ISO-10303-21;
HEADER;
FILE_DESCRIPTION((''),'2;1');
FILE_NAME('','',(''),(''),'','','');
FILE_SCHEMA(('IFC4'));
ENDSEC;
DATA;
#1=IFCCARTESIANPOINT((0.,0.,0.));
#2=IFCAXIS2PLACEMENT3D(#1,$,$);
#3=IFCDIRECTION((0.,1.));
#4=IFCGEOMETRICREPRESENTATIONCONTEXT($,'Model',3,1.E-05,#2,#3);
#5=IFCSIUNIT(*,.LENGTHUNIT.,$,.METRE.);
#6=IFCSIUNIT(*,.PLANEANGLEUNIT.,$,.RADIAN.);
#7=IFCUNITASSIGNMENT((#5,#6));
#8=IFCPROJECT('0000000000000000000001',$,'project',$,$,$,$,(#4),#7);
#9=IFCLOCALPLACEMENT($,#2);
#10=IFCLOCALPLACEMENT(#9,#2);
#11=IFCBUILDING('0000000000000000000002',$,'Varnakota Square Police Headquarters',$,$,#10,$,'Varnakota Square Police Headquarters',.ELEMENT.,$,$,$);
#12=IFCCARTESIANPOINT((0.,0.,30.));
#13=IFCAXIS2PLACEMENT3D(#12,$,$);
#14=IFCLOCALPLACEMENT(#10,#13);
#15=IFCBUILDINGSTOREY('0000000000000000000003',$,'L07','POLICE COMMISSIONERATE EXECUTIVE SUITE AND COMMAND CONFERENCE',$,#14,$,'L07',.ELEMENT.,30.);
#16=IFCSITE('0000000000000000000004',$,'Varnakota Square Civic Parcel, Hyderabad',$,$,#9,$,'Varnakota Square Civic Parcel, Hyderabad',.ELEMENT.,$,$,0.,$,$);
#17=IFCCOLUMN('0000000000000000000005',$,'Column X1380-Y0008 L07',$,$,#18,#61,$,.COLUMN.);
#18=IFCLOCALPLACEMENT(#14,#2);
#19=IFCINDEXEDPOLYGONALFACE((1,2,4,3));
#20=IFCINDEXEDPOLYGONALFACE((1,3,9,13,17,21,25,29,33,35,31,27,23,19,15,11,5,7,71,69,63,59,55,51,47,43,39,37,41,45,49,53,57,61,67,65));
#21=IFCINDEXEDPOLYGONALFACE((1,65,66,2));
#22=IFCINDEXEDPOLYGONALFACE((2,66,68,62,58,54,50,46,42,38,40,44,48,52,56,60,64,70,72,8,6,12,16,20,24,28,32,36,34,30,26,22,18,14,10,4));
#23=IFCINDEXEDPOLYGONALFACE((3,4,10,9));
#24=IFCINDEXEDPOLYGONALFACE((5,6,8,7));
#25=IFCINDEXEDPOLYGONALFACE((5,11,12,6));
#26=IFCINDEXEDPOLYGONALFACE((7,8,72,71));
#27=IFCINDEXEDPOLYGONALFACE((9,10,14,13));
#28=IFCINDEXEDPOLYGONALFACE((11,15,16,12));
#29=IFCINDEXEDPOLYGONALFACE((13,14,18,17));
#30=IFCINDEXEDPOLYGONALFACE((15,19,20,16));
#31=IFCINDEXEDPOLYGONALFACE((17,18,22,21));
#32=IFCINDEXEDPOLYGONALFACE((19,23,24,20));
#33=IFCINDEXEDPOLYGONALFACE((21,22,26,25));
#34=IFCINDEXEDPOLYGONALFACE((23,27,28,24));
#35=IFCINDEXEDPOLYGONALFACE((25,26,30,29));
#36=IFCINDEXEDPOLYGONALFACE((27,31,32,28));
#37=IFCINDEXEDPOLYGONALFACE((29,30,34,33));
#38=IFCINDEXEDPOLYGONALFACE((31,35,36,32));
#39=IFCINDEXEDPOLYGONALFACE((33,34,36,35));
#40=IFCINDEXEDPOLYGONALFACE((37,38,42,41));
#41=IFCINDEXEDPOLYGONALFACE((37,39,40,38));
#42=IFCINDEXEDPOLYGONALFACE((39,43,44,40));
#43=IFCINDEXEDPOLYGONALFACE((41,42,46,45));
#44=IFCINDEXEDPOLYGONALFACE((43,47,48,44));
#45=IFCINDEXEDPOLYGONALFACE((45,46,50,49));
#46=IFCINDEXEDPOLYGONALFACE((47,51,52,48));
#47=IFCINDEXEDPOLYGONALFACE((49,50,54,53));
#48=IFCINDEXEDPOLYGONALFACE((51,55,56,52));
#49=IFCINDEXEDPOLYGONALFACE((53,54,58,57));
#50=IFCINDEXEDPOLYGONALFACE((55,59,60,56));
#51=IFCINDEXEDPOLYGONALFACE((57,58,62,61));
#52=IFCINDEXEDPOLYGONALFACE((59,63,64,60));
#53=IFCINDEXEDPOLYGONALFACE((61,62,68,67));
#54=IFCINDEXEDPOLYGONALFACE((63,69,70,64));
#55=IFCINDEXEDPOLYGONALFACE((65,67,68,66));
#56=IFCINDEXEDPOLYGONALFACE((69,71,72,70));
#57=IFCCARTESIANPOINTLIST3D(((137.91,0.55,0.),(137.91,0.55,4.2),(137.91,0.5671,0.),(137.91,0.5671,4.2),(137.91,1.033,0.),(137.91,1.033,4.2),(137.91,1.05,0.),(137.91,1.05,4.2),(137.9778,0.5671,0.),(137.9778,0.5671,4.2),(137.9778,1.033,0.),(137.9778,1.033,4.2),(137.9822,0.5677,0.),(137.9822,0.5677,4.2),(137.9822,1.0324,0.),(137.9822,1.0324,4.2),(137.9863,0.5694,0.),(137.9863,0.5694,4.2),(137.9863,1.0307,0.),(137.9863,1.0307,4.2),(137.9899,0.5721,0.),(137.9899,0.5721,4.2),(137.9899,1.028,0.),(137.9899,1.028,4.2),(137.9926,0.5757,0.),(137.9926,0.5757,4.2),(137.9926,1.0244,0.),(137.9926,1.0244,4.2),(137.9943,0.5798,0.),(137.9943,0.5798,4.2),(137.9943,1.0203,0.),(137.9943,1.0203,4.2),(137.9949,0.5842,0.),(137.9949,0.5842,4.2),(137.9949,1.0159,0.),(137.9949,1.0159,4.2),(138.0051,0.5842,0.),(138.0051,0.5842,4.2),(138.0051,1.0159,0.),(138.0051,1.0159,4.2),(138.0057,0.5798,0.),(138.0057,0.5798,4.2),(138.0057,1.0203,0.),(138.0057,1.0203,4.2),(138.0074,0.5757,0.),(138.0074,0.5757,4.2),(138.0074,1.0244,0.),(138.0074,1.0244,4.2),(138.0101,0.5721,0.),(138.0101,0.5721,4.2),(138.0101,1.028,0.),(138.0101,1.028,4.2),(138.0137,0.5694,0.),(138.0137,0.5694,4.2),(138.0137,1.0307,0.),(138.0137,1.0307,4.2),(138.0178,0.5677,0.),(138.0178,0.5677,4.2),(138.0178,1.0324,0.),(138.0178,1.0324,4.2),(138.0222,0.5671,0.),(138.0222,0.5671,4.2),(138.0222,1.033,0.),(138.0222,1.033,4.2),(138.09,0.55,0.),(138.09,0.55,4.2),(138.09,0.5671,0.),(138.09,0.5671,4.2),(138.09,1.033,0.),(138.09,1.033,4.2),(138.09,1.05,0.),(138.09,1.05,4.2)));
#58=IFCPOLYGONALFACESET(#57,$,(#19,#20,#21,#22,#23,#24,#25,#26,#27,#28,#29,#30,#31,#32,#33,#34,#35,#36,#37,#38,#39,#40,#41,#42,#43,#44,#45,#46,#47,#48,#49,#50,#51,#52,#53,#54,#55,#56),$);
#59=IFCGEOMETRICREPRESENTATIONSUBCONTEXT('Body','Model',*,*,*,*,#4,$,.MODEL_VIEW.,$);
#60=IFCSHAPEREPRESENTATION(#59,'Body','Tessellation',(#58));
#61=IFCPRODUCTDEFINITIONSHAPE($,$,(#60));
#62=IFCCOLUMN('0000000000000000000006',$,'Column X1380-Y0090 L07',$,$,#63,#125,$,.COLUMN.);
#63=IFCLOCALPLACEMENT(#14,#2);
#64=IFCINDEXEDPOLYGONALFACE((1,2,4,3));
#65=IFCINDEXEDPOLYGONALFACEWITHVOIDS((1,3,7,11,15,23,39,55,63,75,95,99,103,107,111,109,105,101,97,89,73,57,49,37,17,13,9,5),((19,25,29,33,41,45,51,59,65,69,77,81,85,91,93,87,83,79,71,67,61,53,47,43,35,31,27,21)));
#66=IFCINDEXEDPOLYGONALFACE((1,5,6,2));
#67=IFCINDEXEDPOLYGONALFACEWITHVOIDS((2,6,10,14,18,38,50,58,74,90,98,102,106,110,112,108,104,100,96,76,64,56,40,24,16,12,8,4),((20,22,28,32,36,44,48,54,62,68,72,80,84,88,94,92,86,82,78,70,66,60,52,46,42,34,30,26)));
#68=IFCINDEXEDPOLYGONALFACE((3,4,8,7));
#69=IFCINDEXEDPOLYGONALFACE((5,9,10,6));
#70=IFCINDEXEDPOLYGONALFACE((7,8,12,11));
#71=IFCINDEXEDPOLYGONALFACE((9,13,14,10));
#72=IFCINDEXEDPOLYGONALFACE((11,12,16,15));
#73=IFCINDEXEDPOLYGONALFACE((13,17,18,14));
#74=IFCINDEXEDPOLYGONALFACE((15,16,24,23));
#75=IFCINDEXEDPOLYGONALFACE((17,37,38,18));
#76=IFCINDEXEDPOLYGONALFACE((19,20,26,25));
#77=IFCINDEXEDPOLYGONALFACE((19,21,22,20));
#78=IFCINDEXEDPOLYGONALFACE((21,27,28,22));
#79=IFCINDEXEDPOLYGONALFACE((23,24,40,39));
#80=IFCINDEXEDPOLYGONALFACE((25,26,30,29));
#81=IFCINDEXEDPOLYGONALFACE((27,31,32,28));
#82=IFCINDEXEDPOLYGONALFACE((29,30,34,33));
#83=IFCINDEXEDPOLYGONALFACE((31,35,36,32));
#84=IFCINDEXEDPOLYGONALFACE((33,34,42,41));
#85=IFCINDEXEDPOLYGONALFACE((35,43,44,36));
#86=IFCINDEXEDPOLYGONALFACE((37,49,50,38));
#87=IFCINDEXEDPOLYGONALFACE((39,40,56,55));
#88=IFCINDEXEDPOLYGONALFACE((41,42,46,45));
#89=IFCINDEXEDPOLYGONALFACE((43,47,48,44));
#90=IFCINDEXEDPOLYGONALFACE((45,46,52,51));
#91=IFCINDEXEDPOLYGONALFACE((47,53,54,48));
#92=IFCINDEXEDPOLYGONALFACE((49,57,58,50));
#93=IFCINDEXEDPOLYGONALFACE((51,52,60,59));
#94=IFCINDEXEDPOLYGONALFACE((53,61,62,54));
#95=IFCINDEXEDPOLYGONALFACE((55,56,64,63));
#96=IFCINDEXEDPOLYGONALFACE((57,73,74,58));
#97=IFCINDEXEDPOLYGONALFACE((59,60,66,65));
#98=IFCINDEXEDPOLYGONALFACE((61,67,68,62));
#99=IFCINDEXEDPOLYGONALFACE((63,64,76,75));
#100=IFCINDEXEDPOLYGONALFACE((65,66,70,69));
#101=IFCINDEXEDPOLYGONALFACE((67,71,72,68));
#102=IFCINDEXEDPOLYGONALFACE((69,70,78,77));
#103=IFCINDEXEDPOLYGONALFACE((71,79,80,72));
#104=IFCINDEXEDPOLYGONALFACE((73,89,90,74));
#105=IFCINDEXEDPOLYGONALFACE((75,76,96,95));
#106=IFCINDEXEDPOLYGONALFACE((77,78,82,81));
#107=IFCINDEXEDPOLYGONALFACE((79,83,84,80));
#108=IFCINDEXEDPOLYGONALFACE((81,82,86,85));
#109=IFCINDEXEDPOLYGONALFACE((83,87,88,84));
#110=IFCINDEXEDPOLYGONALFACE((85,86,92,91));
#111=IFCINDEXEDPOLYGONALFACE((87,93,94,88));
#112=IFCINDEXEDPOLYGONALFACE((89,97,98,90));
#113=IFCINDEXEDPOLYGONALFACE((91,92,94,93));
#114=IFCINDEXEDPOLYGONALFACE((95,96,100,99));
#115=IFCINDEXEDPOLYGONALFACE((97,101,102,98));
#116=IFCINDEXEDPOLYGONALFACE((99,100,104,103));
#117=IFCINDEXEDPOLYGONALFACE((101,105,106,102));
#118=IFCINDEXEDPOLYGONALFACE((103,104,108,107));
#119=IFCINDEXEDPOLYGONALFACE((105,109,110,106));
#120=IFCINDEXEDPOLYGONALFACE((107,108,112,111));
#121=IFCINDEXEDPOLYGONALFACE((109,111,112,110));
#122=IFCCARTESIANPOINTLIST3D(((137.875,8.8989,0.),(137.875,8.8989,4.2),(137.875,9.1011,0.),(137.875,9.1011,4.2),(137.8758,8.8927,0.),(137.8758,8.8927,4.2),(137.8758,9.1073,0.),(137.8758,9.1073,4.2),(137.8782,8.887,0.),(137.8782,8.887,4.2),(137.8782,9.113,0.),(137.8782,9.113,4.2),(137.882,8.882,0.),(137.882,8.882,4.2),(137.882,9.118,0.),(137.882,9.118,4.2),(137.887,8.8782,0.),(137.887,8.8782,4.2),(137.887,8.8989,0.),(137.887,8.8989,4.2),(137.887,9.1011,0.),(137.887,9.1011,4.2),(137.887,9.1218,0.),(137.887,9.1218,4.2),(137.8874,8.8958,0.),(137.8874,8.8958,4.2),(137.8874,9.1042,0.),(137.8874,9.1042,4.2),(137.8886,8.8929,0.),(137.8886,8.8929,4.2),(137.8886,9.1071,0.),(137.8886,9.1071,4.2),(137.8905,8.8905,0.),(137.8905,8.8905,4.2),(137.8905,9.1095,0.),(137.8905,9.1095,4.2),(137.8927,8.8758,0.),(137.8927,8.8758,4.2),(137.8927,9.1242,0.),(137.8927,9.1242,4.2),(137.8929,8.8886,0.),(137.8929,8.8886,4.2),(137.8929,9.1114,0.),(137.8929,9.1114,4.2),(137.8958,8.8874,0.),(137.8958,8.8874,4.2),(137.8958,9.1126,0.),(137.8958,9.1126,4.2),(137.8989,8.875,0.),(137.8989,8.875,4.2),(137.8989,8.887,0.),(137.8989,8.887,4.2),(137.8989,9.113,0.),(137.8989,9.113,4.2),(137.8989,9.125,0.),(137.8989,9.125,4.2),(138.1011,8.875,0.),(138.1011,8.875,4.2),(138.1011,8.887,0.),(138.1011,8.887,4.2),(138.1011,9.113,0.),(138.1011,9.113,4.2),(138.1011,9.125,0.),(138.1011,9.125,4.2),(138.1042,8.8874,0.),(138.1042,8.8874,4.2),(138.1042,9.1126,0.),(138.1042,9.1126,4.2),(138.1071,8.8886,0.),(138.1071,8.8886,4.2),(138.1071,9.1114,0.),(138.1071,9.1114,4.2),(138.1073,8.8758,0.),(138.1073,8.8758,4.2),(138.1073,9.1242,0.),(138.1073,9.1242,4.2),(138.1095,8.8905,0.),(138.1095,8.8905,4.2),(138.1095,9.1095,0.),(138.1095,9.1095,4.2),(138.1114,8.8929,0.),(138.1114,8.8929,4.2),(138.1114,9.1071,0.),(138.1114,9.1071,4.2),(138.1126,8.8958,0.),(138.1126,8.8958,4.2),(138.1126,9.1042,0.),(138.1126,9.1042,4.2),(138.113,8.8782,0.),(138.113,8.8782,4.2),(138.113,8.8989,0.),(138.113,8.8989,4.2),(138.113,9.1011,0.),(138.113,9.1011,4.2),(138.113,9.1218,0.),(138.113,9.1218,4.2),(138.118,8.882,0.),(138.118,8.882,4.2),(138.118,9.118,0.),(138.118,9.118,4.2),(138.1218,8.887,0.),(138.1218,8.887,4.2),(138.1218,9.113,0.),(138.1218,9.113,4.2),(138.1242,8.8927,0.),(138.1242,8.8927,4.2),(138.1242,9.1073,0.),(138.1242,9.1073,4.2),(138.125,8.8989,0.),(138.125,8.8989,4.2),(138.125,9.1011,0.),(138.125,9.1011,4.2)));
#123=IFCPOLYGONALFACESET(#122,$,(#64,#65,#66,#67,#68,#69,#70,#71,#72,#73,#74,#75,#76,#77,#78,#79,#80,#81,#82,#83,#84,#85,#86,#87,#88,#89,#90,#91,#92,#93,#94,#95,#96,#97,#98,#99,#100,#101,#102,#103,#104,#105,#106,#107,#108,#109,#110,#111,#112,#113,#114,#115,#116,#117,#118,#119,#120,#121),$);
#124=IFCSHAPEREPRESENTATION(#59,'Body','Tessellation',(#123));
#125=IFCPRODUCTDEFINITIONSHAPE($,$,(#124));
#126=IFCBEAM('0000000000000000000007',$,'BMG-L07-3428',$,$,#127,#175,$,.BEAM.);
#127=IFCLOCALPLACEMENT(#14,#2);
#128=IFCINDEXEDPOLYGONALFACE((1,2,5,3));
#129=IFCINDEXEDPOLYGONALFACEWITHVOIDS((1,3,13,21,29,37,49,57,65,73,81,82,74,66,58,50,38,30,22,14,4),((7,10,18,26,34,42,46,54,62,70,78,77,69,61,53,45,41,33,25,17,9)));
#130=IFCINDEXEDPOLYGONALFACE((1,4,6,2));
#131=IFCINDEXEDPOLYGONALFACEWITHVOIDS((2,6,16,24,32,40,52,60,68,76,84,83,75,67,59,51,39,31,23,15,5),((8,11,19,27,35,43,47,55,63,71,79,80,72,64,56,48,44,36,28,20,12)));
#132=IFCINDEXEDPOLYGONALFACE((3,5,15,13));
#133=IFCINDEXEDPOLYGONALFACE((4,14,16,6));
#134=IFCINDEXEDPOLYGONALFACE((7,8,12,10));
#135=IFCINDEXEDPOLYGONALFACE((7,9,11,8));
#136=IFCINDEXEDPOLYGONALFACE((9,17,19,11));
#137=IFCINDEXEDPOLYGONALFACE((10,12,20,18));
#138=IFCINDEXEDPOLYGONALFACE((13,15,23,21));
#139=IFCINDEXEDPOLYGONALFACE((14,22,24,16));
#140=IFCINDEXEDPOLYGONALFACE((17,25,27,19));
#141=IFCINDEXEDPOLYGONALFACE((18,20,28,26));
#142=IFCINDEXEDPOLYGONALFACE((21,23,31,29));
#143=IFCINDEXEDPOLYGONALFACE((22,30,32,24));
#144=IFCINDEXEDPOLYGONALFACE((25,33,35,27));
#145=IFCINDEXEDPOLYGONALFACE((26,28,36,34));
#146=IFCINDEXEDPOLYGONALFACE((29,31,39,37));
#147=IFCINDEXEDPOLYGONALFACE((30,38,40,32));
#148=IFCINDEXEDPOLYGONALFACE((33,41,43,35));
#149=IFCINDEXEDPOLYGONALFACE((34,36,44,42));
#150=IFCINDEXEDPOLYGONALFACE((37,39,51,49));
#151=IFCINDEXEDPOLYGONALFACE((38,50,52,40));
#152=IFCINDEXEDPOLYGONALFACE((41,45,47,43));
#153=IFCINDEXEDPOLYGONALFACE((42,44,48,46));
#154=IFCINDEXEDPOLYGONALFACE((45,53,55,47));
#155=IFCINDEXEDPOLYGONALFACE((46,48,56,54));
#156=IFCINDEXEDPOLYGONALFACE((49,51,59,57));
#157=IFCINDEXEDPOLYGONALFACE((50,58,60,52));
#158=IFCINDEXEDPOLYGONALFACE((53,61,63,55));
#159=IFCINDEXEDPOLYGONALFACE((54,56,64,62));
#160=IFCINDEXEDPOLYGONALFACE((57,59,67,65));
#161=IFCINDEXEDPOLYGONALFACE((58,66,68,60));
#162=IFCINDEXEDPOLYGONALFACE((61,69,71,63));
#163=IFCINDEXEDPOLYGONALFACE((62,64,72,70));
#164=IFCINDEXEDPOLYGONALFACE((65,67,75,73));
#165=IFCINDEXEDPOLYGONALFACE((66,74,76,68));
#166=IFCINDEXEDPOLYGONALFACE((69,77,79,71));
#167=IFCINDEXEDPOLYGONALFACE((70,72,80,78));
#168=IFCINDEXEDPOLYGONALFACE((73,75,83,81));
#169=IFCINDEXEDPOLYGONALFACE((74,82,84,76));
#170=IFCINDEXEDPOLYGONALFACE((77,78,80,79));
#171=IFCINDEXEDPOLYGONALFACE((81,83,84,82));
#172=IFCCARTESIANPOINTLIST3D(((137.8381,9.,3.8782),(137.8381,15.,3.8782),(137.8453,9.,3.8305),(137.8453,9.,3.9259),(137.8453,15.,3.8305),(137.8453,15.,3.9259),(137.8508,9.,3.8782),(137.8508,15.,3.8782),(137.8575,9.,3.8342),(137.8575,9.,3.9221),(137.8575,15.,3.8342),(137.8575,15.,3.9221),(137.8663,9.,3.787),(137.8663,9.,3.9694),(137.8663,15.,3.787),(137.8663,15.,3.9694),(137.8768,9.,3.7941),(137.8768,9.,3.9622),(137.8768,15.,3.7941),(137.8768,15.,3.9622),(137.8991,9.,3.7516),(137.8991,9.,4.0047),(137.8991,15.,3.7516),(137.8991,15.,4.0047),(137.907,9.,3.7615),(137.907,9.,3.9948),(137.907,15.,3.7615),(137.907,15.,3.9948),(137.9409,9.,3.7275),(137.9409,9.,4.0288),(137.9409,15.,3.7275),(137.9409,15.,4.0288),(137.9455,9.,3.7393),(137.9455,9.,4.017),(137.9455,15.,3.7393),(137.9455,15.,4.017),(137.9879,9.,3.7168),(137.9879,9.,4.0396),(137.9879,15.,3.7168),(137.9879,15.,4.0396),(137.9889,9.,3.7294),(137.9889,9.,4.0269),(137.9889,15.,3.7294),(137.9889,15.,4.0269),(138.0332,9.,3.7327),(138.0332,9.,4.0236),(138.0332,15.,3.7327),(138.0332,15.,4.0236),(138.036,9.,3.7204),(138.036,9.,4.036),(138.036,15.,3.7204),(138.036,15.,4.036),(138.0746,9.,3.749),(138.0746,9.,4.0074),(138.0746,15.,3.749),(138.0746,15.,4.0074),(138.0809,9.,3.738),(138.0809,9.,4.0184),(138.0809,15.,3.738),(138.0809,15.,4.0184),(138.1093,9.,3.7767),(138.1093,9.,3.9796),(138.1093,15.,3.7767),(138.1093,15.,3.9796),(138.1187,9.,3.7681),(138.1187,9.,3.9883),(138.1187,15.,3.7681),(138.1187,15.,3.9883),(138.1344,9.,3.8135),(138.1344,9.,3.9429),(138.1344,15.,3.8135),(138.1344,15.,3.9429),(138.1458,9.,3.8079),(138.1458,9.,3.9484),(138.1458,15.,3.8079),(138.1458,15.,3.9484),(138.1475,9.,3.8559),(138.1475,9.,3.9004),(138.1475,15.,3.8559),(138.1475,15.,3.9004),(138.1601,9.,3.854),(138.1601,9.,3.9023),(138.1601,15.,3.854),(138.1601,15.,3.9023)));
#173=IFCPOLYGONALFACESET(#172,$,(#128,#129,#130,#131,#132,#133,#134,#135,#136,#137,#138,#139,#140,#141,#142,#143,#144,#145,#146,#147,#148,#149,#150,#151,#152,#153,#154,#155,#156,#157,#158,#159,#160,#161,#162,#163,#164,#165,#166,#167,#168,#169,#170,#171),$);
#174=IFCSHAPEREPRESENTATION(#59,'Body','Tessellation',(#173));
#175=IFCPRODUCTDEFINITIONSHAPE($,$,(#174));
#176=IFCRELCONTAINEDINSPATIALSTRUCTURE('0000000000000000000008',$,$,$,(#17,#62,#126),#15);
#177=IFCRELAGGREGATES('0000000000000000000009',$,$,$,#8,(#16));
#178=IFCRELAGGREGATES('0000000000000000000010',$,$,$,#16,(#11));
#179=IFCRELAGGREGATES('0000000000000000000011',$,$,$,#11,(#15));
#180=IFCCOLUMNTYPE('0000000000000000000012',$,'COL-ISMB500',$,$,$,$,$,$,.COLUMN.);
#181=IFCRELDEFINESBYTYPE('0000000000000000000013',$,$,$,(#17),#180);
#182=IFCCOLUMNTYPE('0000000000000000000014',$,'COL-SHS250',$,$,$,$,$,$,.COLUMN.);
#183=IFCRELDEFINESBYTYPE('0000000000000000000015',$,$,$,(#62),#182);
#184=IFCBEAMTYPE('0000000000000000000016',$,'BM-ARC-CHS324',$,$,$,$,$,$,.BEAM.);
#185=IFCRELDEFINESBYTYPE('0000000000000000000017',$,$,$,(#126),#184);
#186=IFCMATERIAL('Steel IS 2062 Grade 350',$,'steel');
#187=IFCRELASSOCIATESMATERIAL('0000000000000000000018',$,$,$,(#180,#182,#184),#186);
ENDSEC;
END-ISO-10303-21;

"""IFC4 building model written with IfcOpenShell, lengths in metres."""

from ifc_helpers import new_model, si_unit, direction, frame, origin, origin_2d, place, context, subcontext, project, spatial, hollow_rectangle, hollow_circle, i_section, extrude, material, material_profile, profile_set, type_object, element, save


model = new_model("IFC4")

# Units and contexts
model_context = context("Model", 3, precision=1e-05, world=origin(), true_north=direction((0.0, 1.0)))
body_context = subcontext(model_context, "Body", "Model", "MODEL_VIEW")
ifc_project = project(units=[si_unit("LENGTHUNIT", "METRE"), si_unit("PLANEANGLEUNIT", "RADIAN")], contexts=[model_context])

# Site, building, storey
site_placement = place(None, origin())
site = spatial("IfcSite", under=ifc_project, at=site_placement, Name="Varnakota Square Civic Parcel, Hyderabad", LongName="Varnakota Square Civic Parcel, Hyderabad", CompositionType="ELEMENT", RefElevation=0.0)
building_placement = place(site_placement, origin())
building = spatial("IfcBuilding", under=site, at=building_placement, Name="Varnakota Square Police Headquarters", LongName="Varnakota Square Police Headquarters", CompositionType="ELEMENT")
storey_placement = place(building_placement, frame((0.0, 0.0, 30.0)))
storey = spatial("IfcBuildingStorey", under=building, at=storey_placement, Name="L07", Description="POLICE COMMISSIONERATE EXECUTIVE SUITE AND COMMAND CONFERENCE", LongName="L07", CompositionType="ELEMENT", Elevation=30.0)

# Columns
ifc_material_1 = material(Name="Steel IS 2062 Grade 350", Category="steel")
ifc_material_profile_1 = material_profile(ifc_material_1, i_section(OverallWidth=0.1799, OverallDepth=0.5, WebThickness=0.0103, FlangeThickness=0.0171, FilletRadius=0.0171, at=origin_2d()), Name="ISMB 500")
ifc_profile_set_1 = profile_set([ifc_material_profile_1], Name="Steel IS 2062 Grade 350")
column_type_1 = type_object("IfcColumnType", Name="COL-ISMB500", PredefinedType="COLUMN", material=ifc_profile_set_1)
column_1_placement = place(storey_placement, frame((138.0, 0.8, 0.0), z_axis=(0.0, 0.0, 1.0), x_axis=(1.0, 0.0, 0.0)))
element("IfcColumn", 1, at=column_1_placement, inside=storey, type_object=column_type_1, Name="Column X1380-Y0008 L07", PredefinedType="COLUMN", context=body_context, shape_type="SweptSolid", body=[
    extrude(i_section(OverallWidth=0.1799, OverallDepth=0.5, WebThickness=0.0103, FlangeThickness=0.0171, FilletRadius=0.0171, at=origin_2d()), origin(), (0.0, 0.0, 1.0), 4.2),
])
ifc_material_profile_2 = material_profile(ifc_material_1, hollow_rectangle(XDim=0.25, YDim=0.25, WallThickness=0.012, InnerFilletRadius=0.012, OuterFilletRadius=0.0239, at=origin_2d()), Name="SHS 250x250x12")
ifc_profile_set_2 = profile_set([ifc_material_profile_2], Name="Steel IS 2062 Grade 350")
column_type_2 = type_object("IfcColumnType", Name="COL-SHS250", PredefinedType="COLUMN", material=ifc_profile_set_2)
column_2_placement = place(storey_placement, frame((138.0, 9.0, 0.0), z_axis=(0.0, 0.0, 1.0), x_axis=(1.0, 0.0, 0.0)))
element("IfcColumn", 2, at=column_2_placement, inside=storey, type_object=column_type_2, Name="Column X1380-Y0090 L07", PredefinedType="COLUMN", context=body_context, shape_type="SweptSolid", body=[
    extrude(hollow_rectangle(XDim=0.25, YDim=0.25, WallThickness=0.012, InnerFilletRadius=0.012, OuterFilletRadius=0.0239, at=origin_2d()), origin(), (0.0, 0.0, 1.0), 4.2),
])

# Beam
ifc_material_profile_3 = material_profile(ifc_material_1, hollow_circle(Radius=0.1619, WallThickness=0.0127, at=origin_2d()), Name="CHS 323.9x12.7")
ifc_profile_set_3 = profile_set([ifc_material_profile_3], Name="Steel IS 2062 Grade 350")
beam_type_1 = type_object("IfcBeamType", Name="BM-ARC-CHS324", PredefinedType="BEAM", material=ifc_profile_set_3)
beam_1_placement = place(storey_placement, frame((138.0, 9.0, 3.8782), z_axis=(0.0, 1.0, 0.0), x_axis=(-1.0, 0.0, 0.0)))
element("IfcBeam", 3, at=beam_1_placement, inside=storey, type_object=beam_type_1, Name="BMG-L07-3428", PredefinedType="BEAM", context=body_context, shape_type="SweptSolid", body=[
    extrude(hollow_circle(Radius=0.1619, WallThickness=0.0127, at=origin_2d()), origin(), (0.0, 0.0, 1.0), 6.0),
])

save(model, "model.ifc")
